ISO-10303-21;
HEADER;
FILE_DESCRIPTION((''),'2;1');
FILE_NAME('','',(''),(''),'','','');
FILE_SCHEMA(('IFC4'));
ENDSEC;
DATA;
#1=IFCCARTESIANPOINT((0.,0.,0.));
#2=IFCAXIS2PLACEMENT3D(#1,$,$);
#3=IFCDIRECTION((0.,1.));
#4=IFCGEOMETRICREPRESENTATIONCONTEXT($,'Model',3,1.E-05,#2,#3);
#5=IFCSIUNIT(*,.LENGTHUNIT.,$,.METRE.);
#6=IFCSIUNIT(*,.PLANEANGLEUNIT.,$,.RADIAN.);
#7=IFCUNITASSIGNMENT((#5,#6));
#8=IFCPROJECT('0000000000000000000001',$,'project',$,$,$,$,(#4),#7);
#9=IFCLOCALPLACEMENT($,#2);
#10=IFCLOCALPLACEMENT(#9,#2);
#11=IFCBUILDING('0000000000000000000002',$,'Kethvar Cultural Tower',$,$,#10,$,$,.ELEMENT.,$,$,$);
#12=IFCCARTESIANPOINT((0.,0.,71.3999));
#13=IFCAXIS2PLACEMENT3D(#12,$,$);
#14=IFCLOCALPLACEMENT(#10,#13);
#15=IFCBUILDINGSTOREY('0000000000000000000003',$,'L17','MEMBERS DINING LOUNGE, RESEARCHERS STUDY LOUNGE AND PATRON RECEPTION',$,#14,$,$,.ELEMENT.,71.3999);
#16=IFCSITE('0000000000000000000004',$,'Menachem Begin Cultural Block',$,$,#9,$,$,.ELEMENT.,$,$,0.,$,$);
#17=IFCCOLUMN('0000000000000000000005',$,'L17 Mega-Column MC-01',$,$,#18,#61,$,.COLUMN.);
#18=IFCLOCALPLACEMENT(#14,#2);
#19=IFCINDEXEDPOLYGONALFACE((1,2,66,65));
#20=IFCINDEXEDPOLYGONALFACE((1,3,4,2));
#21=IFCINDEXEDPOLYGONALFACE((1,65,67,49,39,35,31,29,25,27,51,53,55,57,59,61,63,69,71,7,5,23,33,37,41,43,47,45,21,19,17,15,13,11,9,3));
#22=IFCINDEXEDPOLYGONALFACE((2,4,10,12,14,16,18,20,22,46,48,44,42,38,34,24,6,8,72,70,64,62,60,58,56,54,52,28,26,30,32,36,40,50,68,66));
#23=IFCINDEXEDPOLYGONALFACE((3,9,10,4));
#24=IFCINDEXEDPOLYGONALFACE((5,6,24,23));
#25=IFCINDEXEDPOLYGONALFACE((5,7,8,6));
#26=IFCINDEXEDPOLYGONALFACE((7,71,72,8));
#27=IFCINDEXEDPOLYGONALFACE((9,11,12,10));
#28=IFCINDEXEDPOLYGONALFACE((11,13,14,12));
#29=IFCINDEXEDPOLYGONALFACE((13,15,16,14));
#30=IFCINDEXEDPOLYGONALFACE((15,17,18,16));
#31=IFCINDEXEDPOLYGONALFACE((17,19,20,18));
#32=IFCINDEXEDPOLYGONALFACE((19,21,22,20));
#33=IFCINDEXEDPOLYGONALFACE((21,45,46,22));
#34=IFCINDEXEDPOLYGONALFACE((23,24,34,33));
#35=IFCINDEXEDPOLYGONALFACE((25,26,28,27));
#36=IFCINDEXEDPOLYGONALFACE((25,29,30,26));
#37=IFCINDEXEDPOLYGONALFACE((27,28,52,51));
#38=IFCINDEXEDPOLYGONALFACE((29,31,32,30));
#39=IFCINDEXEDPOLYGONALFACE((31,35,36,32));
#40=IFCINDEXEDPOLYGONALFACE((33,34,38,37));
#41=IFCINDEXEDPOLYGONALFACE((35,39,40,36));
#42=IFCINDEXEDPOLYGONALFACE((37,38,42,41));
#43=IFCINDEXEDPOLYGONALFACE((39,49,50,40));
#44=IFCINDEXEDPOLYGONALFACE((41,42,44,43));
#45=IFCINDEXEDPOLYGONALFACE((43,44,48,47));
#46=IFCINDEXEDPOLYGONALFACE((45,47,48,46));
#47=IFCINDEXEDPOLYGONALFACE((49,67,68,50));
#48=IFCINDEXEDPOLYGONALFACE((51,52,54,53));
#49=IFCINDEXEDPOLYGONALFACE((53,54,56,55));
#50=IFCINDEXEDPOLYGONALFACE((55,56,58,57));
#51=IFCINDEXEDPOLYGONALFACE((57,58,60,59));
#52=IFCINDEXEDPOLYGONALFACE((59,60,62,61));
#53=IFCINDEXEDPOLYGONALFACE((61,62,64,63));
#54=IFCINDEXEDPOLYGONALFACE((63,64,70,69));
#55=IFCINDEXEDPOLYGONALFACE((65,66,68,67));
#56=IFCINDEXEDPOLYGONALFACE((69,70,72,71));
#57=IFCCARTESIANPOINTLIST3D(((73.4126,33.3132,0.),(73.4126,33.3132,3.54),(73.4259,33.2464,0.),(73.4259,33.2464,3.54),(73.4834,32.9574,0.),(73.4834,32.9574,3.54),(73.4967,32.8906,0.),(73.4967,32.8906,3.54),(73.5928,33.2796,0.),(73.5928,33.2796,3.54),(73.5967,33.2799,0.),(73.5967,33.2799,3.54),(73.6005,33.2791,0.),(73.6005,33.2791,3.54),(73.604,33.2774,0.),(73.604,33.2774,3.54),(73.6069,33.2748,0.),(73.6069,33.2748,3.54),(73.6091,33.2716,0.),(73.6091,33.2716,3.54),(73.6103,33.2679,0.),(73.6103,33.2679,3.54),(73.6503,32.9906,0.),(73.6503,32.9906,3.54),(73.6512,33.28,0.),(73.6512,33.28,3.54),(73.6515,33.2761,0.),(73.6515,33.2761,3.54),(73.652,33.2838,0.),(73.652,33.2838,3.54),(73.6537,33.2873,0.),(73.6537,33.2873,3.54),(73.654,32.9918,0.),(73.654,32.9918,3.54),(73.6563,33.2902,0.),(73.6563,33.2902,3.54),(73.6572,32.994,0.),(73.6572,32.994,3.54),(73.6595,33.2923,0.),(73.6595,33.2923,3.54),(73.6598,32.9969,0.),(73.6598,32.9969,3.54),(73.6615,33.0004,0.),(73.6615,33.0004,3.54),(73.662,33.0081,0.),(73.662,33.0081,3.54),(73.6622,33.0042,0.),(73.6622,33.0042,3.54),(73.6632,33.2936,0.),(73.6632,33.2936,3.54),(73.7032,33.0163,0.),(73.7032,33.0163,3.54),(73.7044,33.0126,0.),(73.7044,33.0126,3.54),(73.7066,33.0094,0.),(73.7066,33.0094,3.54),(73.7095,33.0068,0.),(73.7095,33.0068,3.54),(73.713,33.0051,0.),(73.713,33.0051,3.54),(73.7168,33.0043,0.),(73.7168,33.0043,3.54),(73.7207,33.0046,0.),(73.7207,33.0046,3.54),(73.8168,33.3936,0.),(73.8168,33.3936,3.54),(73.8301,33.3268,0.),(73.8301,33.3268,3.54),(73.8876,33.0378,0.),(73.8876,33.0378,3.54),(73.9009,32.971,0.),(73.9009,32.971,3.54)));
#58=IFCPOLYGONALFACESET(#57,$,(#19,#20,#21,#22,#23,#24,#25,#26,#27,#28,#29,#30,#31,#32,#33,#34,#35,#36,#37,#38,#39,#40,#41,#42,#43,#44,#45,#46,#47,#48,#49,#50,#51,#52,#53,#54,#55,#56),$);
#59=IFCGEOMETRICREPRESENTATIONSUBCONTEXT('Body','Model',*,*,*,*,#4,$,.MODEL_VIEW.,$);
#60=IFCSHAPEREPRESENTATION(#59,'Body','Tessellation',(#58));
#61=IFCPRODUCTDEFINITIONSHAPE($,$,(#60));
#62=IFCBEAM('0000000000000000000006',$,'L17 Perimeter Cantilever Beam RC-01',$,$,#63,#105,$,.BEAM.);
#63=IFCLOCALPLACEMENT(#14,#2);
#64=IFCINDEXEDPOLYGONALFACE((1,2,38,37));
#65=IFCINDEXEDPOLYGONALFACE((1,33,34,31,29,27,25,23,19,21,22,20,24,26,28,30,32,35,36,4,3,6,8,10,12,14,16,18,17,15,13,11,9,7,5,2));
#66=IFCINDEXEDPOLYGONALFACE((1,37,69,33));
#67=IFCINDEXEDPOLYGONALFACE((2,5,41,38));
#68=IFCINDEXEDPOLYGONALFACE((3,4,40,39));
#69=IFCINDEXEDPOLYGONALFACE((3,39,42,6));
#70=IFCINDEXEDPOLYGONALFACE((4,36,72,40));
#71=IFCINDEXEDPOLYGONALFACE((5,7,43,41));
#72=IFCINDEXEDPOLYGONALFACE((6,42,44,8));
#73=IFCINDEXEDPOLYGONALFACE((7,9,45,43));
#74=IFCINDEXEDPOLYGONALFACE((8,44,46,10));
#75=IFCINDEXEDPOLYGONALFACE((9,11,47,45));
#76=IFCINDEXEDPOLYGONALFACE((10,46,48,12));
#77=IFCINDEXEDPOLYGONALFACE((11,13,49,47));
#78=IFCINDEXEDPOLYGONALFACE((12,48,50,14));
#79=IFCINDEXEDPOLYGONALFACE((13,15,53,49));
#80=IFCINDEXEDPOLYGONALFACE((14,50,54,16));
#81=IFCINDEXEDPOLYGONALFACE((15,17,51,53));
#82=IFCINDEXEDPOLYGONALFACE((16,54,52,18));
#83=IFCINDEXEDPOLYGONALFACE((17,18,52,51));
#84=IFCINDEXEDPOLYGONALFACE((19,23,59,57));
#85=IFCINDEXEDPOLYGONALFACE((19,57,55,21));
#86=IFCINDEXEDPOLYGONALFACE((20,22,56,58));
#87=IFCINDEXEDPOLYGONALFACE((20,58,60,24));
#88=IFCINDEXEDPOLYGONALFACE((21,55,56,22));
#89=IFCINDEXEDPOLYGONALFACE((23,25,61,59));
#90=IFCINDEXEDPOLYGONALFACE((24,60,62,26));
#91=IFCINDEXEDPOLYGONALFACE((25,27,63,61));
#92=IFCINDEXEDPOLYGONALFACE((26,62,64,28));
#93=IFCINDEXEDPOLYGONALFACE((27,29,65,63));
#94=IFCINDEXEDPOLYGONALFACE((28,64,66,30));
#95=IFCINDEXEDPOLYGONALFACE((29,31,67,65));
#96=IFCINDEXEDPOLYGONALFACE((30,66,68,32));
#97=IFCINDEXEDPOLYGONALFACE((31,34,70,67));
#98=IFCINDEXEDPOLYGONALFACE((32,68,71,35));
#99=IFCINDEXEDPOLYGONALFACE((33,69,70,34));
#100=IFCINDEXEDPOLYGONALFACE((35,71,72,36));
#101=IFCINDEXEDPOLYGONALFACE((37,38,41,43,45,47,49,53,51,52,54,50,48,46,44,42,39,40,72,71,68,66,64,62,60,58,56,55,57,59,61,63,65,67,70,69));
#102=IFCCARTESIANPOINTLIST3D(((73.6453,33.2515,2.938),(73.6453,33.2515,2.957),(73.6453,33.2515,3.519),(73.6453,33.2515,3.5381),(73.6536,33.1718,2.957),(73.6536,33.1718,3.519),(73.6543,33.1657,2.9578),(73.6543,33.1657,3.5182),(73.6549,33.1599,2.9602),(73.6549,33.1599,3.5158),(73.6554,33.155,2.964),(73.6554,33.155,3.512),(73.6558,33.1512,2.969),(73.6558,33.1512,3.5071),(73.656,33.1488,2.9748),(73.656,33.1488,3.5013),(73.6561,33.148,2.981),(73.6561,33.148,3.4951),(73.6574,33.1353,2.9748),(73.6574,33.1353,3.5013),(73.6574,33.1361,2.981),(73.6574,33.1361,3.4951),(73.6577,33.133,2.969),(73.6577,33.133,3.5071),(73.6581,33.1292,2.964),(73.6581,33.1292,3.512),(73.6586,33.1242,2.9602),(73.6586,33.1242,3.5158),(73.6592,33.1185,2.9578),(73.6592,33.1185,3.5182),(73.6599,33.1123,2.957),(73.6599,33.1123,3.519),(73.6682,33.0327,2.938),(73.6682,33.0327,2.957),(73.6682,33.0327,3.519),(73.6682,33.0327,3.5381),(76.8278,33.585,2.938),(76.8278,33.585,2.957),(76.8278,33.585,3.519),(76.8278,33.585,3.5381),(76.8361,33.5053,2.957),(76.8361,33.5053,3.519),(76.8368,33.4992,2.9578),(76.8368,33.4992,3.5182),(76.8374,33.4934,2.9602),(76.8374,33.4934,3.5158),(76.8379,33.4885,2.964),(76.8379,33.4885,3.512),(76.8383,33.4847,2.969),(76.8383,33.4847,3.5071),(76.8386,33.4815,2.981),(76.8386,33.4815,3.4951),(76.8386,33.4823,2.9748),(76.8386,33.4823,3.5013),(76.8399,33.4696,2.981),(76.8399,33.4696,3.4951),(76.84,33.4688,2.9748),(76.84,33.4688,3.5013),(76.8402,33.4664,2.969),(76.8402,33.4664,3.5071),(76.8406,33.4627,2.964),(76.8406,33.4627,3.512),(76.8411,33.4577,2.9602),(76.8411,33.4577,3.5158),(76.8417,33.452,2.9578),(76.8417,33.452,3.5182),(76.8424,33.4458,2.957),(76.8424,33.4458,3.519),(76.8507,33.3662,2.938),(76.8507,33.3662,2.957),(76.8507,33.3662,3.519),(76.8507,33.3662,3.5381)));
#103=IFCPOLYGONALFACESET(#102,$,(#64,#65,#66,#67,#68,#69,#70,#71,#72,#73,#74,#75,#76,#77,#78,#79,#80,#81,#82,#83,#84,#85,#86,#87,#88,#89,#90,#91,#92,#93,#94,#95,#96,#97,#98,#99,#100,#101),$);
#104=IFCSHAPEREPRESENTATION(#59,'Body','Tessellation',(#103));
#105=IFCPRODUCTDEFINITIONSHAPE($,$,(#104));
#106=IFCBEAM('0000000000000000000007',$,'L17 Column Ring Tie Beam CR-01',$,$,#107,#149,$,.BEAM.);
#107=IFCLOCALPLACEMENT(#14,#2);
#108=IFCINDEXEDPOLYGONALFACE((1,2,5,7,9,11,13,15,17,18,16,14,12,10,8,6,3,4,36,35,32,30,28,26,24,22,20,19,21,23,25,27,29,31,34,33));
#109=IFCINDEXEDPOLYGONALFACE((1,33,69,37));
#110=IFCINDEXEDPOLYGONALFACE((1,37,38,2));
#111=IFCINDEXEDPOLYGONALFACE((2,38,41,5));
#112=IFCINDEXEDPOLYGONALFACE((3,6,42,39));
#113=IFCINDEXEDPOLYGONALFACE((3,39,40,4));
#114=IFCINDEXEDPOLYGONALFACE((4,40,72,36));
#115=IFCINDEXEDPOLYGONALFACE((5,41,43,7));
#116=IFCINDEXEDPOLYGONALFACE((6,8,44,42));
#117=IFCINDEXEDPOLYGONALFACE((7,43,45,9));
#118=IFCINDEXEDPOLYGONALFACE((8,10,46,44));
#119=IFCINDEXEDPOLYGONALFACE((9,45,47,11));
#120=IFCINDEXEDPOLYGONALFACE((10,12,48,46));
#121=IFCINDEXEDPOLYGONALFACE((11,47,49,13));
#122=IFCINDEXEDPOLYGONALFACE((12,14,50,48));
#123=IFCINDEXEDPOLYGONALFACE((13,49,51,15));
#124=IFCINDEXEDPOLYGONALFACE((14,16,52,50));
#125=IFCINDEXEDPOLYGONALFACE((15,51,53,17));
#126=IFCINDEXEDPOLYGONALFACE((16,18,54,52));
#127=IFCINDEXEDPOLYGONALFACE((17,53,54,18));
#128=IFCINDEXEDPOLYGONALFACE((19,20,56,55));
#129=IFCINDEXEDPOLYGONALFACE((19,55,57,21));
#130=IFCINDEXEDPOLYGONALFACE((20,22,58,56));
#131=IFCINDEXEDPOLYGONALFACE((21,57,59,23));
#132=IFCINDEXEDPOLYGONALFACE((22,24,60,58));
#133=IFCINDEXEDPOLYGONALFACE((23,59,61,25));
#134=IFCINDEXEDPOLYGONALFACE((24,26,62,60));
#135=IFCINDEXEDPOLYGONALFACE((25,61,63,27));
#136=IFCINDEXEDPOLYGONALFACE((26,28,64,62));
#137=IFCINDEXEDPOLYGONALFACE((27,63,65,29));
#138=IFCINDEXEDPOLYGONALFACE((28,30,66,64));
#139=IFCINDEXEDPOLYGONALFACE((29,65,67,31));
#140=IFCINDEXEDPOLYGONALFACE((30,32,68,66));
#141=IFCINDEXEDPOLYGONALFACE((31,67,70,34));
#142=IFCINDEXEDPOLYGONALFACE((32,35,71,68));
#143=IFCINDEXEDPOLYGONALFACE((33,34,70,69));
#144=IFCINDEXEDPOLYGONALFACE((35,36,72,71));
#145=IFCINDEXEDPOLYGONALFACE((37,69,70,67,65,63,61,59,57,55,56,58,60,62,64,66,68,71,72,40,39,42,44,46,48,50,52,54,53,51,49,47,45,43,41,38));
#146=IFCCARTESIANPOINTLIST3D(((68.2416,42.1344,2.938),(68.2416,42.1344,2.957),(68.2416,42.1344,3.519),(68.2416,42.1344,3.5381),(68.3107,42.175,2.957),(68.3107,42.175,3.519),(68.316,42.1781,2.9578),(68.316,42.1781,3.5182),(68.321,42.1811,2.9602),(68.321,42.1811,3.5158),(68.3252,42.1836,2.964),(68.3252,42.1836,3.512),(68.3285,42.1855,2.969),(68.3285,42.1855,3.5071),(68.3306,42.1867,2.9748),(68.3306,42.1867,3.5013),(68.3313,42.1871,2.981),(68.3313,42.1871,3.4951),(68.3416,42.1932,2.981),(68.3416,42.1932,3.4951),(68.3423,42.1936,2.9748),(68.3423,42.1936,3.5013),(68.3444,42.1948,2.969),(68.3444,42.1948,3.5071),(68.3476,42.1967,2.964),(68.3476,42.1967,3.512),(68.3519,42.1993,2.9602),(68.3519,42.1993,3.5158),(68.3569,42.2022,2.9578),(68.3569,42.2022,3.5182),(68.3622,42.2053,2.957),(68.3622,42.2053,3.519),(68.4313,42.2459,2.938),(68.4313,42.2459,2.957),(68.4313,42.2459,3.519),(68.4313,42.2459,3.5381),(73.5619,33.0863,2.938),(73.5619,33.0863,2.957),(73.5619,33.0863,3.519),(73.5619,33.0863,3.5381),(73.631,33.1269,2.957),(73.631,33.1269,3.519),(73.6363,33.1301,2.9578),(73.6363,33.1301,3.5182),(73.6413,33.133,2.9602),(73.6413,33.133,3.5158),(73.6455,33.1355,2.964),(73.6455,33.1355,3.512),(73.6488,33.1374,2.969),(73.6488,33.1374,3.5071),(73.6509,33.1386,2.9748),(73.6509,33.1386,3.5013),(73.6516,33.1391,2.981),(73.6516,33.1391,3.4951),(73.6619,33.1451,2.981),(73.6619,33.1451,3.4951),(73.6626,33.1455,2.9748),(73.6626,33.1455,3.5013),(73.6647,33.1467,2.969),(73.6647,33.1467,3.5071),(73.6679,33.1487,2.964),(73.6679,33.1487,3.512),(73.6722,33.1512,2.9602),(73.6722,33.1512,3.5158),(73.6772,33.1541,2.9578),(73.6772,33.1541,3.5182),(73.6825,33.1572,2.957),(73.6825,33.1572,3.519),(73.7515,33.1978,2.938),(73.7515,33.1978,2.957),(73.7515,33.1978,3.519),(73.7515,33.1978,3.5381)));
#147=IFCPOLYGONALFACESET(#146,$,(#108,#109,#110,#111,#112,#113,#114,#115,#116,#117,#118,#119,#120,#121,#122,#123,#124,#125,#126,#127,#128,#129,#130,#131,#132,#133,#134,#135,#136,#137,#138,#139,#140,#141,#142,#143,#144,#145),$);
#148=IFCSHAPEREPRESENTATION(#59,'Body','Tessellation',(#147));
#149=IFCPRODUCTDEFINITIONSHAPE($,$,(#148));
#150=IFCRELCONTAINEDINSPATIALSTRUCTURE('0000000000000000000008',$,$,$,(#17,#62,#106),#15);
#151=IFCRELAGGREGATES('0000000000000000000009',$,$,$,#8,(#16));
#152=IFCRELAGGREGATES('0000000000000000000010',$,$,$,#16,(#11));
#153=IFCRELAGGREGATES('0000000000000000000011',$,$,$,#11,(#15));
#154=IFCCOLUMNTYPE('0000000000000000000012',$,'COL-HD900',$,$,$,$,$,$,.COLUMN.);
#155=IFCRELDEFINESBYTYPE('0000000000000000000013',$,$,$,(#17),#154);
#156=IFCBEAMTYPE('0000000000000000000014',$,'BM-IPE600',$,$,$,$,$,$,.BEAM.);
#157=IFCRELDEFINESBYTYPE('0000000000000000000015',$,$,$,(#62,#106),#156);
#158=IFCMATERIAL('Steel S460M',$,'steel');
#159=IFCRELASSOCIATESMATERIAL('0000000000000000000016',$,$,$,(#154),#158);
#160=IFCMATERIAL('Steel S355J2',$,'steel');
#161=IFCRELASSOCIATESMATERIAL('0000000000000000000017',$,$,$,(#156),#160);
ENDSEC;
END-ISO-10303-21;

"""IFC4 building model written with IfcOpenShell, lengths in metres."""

from ifc_helpers import new_model, si_unit, direction, frame, origin, origin_2d, place, context, subcontext, project, spatial, i_section, extrude, source, transform, mapped, material, material_profile, profile_set, type_object, element, save


model = new_model("IFC4")

# Units and contexts
model_context = context("Model", 3, precision=1e-05, world=origin(), true_north=direction((0.0, 1.0)))
body_context = subcontext(model_context, "Body", "Model", "MODEL_VIEW")
ifc_project = project(units=[si_unit("LENGTHUNIT", "METRE"), si_unit("PLANEANGLEUNIT", "RADIAN")], contexts=[model_context])

# Site, building, storey
site_placement = place(None, origin())
site = spatial("IfcSite", under=ifc_project, at=site_placement, Name="Menachem Begin Cultural Block", CompositionType="ELEMENT", RefElevation=0.0)
building_placement = place(site_placement, origin())
building = spatial("IfcBuilding", under=site, at=building_placement, Name="Kethvar Cultural Tower", CompositionType="ELEMENT")
storey_placement = place(building_placement, frame((0.0, 0.0, 71.3999)))
storey = spatial("IfcBuildingStorey", under=building, at=storey_placement, Name="L17", Description="MEMBERS DINING LOUNGE, RESEARCHERS STUDY LOUNGE AND PATRON RECEPTION", CompositionType="ELEMENT", Elevation=71.3999)

# Column
ifc_material_1 = material(Name="Steel S460M", Category="steel")
ifc_material_profile_1 = material_profile(ifc_material_1, i_section(OverallWidth=0.4121, OverallDepth=0.4309, WebThickness=0.042, FlangeThickness=0.0681, FilletRadius=0.0149, at=origin_2d()), Name="Steel S460M — HD400x900")
ifc_profile_set_1 = profile_set([ifc_material_profile_1], Name="Steel S460M — HD400x900")
column_type = type_object("IfcColumnType", Name="COL-HD900", PredefinedType="COLUMN", material=ifc_profile_set_1)
shared_shape_1 = source(origin(), body_context, "Body", "SweptSolid", [
    extrude(i_section(OverallWidth=0.4121, OverallDepth=0.4309, WebThickness=0.042, FlangeThickness=0.0681, FilletRadius=0.0149, at=origin_2d()), origin(), (0.0, 0.0, 1.0), 3.54),
])
column_placement = place(storey_placement, frame((73.6567, 33.1421, 0.0), z_axis=(0.0, 0.0, 1.0), x_axis=(0.980785, 0.19509, 0.0)))
element("IfcColumn", 1, at=column_placement, inside=storey, type_object=column_type, Name="L17 Mega-Column MC-01", PredefinedType="COLUMN", context=body_context, shape_type="MappedRepresentation", body=[
    mapped(shared_shape_1, transform((0.0, 0.0, 0.0), scale=1.0)),
])

# Beams
ifc_material_2 = material(Name="Steel S355J2", Category="steel")
ifc_material_profile_2 = material_profile(ifc_material_2, i_section(OverallWidth=0.22, OverallDepth=0.6001, WebThickness=0.012, FlangeThickness=0.019, FilletRadius=0.0239, at=origin_2d()), Name="Steel S355J2 — IPE600")
ifc_profile_set_2 = profile_set([ifc_material_profile_2], Name="Steel S355J2 — IPE600")
beam_type_1 = type_object("IfcBeamType", Name="BM-IPE600", PredefinedType="BEAM", material=ifc_profile_set_2)
shared_shape_2 = source(origin(), body_context, "Body", "SweptSolid", [
    extrude(i_section(OverallWidth=0.22, OverallDepth=0.6001, WebThickness=0.012, FlangeThickness=0.019, FilletRadius=0.0239, at=origin_2d()), origin(), (0.0, 0.0, 1.0), 3.2),
])
beam_1_placement = place(storey_placement, frame((73.6567, 33.1421, 3.238), z_axis=(0.994555, 0.104216, 0.0), x_axis=(-0.104216, 0.994555, 0.0)))
element("IfcBeam", 2, at=beam_1_placement, inside=storey, type_object=beam_type_1, Name="L17 Perimeter Cantilever Beam RC-01", PredefinedType="BEAM", context=body_context, shape_type="MappedRepresentation", body=[
    mapped(shared_shape_2, transform((0.0, 0.0, 0.0), scale=1.0)),
])
shared_shape_3 = source(origin(), body_context, "Body", "SweptSolid", [
    extrude(i_section(OverallWidth=0.22, OverallDepth=0.6001, WebThickness=0.012, FlangeThickness=0.019, FilletRadius=0.0239, at=origin_2d()), origin(), (0.0, 0.0, 1.0), 10.4963),
])
beam_2_placement = place(storey_placement, frame((73.6567, 33.1421, 3.238), z_axis=(-0.506872, 0.862022, 0.0), x_axis=(-0.862022, -0.506872, 0.0)))
element("IfcBeam", 3, at=beam_2_placement, inside=storey, type_object=beam_type_1, Name="L17 Column Ring Tie Beam CR-01", PredefinedType="BEAM", context=body_context, shape_type="MappedRepresentation", body=[
    mapped(shared_shape_3, transform((0.0, 0.0, 0.0), scale=1.0)),
])

save(model, "model.ifc")
